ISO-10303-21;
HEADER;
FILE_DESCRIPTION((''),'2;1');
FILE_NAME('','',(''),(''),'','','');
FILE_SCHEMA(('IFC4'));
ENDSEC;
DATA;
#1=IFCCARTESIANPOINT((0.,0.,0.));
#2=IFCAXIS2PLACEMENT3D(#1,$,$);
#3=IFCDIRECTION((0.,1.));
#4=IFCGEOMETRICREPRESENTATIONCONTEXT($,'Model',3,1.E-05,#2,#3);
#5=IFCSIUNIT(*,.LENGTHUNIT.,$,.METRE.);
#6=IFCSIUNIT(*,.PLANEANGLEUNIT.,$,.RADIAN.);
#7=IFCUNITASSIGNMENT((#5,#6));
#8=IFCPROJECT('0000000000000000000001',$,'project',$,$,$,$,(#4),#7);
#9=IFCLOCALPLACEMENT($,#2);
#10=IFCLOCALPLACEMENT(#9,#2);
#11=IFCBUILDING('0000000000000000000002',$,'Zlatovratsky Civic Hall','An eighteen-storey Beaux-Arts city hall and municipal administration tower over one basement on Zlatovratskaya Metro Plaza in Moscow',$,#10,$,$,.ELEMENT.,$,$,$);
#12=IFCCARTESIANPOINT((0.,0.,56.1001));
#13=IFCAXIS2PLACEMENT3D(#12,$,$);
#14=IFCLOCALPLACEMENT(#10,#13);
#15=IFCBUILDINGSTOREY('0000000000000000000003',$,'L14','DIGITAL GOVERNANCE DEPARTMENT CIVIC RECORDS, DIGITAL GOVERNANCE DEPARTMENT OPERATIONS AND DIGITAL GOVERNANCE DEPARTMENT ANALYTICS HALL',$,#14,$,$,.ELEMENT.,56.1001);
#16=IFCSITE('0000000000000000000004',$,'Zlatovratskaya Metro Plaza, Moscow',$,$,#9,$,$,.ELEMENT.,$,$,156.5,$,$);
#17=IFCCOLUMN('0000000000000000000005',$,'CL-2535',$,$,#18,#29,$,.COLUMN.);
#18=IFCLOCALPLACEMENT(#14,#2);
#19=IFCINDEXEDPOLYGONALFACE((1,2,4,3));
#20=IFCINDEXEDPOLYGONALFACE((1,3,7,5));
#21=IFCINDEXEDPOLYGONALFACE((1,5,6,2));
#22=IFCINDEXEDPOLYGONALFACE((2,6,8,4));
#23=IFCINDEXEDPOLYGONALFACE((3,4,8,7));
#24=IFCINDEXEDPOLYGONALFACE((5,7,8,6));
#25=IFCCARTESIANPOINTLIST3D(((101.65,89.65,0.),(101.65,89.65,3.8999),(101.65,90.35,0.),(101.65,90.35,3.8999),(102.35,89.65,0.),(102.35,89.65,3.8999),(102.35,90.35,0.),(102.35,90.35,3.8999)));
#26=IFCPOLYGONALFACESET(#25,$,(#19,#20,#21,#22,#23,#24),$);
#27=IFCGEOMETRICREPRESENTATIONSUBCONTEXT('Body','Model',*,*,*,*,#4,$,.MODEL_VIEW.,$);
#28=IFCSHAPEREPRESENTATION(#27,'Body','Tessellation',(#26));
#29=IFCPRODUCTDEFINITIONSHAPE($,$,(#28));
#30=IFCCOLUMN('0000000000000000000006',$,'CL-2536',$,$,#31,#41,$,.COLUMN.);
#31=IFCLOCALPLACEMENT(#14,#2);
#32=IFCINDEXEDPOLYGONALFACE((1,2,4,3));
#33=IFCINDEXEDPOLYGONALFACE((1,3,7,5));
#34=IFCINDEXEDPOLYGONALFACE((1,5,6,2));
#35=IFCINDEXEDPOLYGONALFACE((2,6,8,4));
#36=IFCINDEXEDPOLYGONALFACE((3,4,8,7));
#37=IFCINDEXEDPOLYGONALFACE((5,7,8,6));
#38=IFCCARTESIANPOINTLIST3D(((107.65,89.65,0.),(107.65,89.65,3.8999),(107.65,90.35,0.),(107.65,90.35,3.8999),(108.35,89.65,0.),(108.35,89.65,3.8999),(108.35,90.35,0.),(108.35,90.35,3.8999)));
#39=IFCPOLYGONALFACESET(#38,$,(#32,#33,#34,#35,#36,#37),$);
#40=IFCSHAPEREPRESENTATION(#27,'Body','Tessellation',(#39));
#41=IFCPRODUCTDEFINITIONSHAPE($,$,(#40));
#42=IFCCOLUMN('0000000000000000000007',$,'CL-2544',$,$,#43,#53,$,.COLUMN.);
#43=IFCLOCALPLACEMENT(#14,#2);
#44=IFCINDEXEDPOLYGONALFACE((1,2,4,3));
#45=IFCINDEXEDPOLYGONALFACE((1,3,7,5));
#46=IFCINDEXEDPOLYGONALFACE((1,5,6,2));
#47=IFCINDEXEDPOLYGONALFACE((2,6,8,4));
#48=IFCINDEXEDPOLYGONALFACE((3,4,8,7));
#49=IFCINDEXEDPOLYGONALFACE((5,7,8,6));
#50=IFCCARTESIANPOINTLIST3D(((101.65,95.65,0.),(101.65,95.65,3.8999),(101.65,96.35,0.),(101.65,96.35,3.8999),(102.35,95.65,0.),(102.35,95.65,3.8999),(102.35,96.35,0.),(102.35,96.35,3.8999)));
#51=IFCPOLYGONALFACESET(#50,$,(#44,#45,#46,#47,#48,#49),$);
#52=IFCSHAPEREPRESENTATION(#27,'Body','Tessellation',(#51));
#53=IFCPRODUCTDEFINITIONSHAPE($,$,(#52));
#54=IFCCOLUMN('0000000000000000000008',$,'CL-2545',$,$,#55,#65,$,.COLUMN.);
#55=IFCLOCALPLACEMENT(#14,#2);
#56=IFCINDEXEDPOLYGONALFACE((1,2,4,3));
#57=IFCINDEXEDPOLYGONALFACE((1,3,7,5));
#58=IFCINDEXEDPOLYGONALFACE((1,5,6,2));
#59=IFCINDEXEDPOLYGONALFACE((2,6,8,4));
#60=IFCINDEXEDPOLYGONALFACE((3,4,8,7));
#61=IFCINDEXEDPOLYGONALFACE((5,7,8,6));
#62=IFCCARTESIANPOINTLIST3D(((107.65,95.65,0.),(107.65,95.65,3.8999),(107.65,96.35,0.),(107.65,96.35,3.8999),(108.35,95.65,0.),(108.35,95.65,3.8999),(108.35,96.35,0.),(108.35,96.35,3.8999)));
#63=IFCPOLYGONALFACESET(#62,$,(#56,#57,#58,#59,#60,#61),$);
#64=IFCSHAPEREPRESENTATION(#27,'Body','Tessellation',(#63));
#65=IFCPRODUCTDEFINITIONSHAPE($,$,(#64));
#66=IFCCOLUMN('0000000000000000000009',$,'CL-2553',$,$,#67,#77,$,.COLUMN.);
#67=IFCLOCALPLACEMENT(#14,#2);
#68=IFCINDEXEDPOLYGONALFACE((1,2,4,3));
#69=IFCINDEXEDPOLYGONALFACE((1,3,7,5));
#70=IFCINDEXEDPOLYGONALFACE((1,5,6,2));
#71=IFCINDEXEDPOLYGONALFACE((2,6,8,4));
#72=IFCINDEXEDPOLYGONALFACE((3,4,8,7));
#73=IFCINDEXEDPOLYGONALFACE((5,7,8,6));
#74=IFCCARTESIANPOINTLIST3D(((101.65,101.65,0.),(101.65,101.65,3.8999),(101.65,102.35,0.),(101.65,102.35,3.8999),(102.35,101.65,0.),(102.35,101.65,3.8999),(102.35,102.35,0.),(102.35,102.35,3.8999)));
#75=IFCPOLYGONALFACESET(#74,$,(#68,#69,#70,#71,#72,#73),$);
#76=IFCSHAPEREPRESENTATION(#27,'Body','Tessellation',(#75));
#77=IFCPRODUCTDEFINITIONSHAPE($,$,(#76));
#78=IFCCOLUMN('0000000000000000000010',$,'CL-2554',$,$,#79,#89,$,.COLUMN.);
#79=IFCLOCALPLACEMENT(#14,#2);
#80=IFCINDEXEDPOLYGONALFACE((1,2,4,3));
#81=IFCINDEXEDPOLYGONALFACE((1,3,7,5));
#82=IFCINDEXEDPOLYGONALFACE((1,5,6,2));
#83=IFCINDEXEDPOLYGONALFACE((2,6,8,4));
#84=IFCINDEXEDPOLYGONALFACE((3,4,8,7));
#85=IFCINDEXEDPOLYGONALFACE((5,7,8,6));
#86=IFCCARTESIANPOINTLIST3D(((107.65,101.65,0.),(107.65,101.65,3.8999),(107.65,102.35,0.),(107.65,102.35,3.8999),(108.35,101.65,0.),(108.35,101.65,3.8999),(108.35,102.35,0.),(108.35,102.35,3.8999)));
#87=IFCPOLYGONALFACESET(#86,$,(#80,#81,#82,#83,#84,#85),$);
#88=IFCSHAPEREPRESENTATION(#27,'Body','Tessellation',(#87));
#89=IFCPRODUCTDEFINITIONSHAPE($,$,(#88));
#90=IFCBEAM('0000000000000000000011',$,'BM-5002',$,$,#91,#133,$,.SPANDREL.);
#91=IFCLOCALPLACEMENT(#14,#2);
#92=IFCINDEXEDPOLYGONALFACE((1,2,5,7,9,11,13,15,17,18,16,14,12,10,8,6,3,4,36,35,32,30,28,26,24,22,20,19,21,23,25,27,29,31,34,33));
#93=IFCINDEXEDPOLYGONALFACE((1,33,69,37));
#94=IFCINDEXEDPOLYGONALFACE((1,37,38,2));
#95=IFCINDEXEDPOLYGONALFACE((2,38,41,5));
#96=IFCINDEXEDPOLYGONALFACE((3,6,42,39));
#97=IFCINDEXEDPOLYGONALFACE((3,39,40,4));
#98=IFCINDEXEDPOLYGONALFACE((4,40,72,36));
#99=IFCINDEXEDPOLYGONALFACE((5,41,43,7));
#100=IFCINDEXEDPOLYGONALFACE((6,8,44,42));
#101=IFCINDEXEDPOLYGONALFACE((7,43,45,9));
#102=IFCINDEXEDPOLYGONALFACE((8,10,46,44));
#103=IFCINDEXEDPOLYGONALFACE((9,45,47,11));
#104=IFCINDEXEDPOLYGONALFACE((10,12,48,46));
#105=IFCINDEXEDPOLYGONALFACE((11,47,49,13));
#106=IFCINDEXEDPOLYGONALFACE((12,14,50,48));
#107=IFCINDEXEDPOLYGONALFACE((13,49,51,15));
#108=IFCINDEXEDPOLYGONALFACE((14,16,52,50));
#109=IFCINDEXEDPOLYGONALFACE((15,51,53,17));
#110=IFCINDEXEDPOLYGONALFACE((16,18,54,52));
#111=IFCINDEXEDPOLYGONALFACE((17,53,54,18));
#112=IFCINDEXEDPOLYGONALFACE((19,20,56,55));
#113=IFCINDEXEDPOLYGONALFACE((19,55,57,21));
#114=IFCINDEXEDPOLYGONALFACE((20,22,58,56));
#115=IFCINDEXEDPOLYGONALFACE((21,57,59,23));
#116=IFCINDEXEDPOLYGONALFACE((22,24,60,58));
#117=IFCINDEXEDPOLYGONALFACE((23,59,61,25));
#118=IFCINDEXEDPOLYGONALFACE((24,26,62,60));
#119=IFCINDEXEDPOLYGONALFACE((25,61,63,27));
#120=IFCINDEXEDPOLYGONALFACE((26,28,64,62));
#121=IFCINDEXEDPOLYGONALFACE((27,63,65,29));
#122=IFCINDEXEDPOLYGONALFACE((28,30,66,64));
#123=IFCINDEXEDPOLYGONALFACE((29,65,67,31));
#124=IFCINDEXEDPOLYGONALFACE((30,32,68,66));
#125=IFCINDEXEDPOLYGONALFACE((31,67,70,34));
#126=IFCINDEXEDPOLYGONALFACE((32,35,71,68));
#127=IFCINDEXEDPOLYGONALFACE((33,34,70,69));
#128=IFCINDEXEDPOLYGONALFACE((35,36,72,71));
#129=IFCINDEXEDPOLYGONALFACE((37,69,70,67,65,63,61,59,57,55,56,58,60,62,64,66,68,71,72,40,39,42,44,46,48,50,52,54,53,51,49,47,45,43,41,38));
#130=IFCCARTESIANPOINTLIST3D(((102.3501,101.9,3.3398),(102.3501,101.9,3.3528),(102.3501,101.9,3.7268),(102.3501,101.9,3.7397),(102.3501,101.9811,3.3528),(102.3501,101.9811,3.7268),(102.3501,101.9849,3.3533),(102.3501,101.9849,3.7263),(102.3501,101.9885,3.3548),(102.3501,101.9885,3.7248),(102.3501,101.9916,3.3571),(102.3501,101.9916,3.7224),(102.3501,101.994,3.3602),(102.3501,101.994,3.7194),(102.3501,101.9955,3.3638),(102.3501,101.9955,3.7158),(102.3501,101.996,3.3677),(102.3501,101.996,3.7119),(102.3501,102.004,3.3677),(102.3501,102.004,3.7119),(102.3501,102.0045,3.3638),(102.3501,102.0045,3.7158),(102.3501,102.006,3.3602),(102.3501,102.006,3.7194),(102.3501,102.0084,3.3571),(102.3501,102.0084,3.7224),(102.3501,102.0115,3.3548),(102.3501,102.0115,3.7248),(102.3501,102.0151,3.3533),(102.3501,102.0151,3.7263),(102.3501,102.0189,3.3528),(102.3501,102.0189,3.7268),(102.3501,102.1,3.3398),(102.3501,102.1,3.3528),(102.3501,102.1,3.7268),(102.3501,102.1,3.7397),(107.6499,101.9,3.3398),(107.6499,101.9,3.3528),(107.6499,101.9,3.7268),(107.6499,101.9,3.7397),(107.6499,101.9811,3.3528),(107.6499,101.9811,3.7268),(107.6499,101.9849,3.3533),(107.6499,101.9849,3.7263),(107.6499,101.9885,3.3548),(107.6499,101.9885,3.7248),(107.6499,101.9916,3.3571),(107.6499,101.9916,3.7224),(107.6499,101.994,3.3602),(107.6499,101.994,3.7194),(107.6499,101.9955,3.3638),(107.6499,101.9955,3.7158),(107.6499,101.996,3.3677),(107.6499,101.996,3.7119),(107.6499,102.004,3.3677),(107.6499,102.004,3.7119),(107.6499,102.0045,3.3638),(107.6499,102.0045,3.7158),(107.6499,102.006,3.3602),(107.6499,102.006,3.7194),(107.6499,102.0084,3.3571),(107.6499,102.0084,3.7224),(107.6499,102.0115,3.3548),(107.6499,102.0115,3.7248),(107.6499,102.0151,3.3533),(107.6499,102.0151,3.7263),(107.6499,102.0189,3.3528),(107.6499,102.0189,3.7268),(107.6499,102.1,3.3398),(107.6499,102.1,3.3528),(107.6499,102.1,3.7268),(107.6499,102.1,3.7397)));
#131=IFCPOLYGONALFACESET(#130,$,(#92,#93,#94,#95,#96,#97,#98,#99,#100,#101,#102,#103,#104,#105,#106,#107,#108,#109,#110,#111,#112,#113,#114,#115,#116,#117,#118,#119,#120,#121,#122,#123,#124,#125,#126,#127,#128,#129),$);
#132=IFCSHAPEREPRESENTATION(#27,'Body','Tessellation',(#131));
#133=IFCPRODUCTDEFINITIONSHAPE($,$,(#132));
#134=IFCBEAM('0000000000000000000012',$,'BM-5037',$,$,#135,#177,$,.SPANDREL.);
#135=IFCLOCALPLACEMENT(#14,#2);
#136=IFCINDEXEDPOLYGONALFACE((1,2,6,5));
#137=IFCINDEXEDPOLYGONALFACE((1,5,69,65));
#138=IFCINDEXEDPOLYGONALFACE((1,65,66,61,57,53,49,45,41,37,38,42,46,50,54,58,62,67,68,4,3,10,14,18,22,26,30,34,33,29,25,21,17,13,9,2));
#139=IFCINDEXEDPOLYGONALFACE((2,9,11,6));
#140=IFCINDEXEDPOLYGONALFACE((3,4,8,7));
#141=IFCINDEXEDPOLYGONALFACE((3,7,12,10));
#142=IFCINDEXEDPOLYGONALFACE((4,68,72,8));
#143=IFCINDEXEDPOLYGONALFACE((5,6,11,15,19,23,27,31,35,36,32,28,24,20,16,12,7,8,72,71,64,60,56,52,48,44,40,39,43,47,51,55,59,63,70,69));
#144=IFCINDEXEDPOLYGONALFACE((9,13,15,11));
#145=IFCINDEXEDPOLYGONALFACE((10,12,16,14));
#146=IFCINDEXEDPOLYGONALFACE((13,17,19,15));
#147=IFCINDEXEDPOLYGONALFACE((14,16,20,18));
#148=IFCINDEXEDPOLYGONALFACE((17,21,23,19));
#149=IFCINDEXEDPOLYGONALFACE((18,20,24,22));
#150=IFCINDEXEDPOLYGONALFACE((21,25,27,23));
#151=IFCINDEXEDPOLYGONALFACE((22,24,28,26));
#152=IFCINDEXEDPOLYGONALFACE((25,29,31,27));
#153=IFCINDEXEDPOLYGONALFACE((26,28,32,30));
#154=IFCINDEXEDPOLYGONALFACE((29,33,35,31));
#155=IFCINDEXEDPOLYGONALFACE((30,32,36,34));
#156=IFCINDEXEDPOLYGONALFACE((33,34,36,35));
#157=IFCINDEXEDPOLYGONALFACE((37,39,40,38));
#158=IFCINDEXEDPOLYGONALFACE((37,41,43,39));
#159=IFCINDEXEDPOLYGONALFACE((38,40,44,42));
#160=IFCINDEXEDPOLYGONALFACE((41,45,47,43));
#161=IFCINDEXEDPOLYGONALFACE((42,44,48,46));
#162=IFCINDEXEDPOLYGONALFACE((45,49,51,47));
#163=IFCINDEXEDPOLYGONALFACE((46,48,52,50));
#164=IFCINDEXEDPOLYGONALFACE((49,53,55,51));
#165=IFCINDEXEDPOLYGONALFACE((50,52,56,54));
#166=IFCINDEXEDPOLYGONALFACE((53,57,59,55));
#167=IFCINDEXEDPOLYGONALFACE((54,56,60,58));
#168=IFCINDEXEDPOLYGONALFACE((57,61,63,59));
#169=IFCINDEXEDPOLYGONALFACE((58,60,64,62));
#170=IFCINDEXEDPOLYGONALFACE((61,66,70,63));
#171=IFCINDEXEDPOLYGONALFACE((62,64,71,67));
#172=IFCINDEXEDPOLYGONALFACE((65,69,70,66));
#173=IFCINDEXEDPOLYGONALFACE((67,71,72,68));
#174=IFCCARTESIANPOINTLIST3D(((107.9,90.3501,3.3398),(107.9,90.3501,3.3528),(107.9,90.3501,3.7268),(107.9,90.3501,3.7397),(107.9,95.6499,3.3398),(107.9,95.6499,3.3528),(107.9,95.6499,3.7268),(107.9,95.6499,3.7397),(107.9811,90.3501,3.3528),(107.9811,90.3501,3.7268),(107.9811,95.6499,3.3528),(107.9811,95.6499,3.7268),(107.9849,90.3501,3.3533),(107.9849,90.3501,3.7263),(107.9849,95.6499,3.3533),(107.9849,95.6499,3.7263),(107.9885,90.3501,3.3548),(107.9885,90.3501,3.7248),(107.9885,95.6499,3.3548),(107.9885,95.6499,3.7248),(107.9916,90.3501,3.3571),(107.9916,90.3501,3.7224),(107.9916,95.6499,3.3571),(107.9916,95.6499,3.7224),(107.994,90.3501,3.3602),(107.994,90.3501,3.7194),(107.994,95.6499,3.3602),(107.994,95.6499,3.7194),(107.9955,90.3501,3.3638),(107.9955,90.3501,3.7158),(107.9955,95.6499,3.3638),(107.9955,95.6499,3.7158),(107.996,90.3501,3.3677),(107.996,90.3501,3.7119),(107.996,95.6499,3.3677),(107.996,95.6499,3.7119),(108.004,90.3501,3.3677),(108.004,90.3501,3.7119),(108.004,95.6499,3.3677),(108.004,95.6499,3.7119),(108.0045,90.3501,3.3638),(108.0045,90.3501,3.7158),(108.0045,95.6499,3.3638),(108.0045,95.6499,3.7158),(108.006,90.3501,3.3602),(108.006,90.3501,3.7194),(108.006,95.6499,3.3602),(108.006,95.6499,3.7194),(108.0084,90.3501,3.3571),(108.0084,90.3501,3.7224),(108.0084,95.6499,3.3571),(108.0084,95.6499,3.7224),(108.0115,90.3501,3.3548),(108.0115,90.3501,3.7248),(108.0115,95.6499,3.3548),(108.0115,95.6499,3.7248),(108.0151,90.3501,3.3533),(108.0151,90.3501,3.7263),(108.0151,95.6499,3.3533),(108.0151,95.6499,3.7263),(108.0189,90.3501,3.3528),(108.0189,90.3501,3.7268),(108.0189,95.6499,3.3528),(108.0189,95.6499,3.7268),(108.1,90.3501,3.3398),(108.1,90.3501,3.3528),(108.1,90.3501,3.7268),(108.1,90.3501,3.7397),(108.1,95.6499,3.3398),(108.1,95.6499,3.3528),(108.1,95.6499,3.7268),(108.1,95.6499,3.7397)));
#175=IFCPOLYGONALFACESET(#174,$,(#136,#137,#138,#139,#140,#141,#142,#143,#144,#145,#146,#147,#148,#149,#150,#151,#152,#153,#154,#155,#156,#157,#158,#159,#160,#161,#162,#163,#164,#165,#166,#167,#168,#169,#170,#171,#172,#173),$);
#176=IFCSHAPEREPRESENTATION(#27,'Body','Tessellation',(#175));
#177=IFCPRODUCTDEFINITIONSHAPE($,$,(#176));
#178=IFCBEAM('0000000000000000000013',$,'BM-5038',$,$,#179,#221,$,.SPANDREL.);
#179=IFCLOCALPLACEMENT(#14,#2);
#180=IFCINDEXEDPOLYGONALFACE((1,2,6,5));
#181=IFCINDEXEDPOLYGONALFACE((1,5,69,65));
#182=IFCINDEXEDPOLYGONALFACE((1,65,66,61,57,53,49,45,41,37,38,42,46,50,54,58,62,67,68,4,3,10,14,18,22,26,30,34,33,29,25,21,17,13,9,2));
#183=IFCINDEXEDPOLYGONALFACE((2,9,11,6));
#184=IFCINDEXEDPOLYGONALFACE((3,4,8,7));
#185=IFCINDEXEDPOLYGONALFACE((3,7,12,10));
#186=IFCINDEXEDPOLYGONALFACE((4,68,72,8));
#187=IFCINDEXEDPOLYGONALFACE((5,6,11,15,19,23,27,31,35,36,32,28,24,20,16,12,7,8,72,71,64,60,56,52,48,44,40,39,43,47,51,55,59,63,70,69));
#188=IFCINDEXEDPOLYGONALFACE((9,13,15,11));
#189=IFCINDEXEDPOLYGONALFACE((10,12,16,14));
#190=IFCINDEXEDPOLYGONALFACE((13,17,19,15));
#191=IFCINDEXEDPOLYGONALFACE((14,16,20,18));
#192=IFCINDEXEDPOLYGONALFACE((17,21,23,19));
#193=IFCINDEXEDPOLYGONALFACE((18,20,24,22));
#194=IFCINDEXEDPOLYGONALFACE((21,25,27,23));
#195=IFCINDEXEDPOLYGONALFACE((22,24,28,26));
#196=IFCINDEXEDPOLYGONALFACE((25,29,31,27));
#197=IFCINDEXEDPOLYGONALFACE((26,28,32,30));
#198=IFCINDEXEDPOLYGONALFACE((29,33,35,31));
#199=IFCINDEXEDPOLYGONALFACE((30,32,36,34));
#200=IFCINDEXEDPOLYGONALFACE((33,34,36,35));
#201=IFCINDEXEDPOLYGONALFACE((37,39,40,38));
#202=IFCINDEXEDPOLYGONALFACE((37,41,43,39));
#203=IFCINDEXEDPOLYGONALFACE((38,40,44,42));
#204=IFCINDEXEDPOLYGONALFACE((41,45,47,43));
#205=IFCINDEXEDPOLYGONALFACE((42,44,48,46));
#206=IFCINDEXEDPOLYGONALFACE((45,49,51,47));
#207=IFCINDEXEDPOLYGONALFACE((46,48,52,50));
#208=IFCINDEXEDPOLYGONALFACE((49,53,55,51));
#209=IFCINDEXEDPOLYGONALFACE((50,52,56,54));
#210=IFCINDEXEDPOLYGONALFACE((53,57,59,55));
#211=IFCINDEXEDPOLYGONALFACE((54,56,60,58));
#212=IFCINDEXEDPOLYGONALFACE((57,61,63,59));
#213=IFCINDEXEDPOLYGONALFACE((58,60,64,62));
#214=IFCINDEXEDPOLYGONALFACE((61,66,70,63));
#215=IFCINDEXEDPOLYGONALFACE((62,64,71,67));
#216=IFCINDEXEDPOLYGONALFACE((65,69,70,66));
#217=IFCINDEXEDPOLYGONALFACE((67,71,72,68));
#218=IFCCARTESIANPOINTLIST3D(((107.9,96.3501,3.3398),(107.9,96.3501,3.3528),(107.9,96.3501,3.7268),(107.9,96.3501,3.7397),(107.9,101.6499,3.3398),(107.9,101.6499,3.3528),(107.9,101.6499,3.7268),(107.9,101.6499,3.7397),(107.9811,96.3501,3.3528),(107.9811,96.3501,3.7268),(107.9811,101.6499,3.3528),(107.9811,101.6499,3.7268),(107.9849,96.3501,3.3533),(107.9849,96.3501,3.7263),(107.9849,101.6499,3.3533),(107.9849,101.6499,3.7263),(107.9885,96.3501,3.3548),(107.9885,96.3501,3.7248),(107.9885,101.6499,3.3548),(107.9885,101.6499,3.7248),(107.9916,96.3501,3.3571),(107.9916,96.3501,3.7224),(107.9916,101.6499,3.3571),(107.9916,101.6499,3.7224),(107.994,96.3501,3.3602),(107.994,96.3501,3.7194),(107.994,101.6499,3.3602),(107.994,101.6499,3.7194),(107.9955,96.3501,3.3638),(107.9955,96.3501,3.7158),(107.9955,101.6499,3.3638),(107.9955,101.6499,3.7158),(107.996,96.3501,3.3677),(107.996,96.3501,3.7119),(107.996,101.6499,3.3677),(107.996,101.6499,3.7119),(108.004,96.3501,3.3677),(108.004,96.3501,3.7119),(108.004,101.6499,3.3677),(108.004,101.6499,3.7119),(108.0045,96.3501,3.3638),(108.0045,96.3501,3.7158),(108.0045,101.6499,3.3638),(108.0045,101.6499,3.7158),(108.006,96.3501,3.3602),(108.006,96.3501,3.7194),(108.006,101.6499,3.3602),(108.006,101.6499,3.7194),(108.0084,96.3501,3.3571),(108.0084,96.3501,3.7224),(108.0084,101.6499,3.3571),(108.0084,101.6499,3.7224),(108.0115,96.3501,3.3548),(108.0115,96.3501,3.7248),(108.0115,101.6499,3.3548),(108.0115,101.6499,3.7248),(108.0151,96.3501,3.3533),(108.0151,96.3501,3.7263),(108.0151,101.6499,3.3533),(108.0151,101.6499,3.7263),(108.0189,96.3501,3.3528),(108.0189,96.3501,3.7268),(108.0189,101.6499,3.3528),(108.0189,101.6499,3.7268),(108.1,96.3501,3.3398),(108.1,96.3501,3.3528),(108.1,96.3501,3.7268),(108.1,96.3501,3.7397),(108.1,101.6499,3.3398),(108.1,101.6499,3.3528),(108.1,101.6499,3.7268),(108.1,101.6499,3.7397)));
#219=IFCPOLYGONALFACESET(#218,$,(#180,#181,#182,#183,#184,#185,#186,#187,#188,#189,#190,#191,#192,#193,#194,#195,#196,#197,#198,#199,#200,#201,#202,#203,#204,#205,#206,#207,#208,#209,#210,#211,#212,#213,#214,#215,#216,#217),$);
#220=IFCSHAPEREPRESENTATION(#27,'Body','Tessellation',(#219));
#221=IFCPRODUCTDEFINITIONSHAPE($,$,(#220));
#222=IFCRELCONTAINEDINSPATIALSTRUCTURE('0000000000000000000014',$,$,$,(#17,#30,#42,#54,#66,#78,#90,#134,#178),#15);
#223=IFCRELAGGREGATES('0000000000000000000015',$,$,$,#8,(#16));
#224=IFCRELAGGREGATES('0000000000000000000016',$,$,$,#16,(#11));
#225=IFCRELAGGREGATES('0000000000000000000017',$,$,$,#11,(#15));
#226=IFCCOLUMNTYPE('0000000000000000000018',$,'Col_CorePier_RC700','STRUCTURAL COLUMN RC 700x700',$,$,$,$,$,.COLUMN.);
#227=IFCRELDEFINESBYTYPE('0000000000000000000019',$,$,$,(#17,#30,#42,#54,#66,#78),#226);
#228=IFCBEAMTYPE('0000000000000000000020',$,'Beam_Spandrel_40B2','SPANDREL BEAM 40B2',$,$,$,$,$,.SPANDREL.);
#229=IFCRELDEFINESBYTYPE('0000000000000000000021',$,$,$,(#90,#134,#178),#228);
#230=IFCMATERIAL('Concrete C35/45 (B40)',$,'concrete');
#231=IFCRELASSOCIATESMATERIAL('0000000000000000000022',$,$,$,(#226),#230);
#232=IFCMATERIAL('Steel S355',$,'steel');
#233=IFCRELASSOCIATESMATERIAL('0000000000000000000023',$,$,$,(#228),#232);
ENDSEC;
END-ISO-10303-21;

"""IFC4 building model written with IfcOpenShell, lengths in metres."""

from ifc_helpers import new_model, si_unit, direction, frame, origin, origin_2d, place, context, subcontext, project, spatial, rectangle, i_section, extrude, material, material_profile, profile_set, type_object, element, save


model = new_model("IFC4")

# Units and contexts
model_context = context("Model", 3, precision=1e-05, world=origin(), true_north=direction((0.0, 1.0)))
body_context = subcontext(model_context, "Body", "Model", "MODEL_VIEW")
ifc_project = project(units=[si_unit("LENGTHUNIT", "METRE"), si_unit("PLANEANGLEUNIT", "RADIAN")], contexts=[model_context])

# Site, building, storey
site_placement = place(None, origin())
site = spatial("IfcSite", under=ifc_project, at=site_placement, Name="Zlatovratskaya Metro Plaza, Moscow", CompositionType="ELEMENT", RefElevation=156.5)
building_placement = place(site_placement, origin())
building = spatial("IfcBuilding", under=site, at=building_placement, Name="Zlatovratsky Civic Hall", Description="An eighteen-storey Beaux-Arts city hall and municipal administration tower over one basement on Zlatovratskaya Metro Plaza in Moscow", CompositionType="ELEMENT")
storey_placement = place(building_placement, frame((0.0, 0.0, 56.1001)))
storey = spatial("IfcBuildingStorey", under=building, at=storey_placement, Name="L14", Description="DIGITAL GOVERNANCE DEPARTMENT CIVIC RECORDS, DIGITAL GOVERNANCE DEPARTMENT OPERATIONS AND DIGITAL GOVERNANCE DEPARTMENT ANALYTICS HALL", CompositionType="ELEMENT", Elevation=56.1001)

# Columns
ifc_material_1 = material(Name="Concrete C35/45 (B40)", Category="concrete")
ifc_material_profile_1 = material_profile(ifc_material_1, rectangle(XDim=0.7, YDim=0.7, at=origin_2d()), Name="RC 700x700")
ifc_profile_set_1 = profile_set([ifc_material_profile_1], Name="Concrete C35/45 (B40)")
column_type = type_object("IfcColumnType", Name="Col_CorePier_RC700", Description="STRUCTURAL COLUMN RC 700x700", PredefinedType="COLUMN", material=ifc_profile_set_1)
for number, where, z_axis, x_axis, name in (
    (1, (102.0, 90.0, 0.0), (0.0, 0.0, 1.0), (1.0, 0.0, 0.0), "CL-2535"),
    (2, (108.0, 90.0, 0.0), (0.0, 0.0, 1.0), (1.0, 0.0, 0.0), "CL-2536"),
    (3, (102.0, 96.0, 0.0), (0.0, 0.0, 1.0), (1.0, 0.0, 0.0), "CL-2544"),
    (4, (108.0, 96.0, 0.0), (0.0, 0.0, 1.0), (1.0, 0.0, 0.0), "CL-2545"),
    (5, (102.0, 102.0, 0.0), (0.0, 0.0, 1.0), (1.0, 0.0, 0.0), "CL-2553"),
    (6, (108.0, 102.0, 0.0), (0.0, 0.0, 1.0), (1.0, 0.0, 0.0), "CL-2554"),
):
    element("IfcColumn", number, at=place(storey_placement, frame(where, z_axis=z_axis, x_axis=x_axis)), inside=storey, type_object=column_type, Name=name, PredefinedType="COLUMN", context=body_context, shape_type="SweptSolid", body=[
        extrude(rectangle(XDim=0.7, YDim=0.7, at=origin_2d()), origin(), (0.0, 0.0, 1.0), 3.8999),
    ])

# Beams
ifc_material_2 = material(Name="Steel S355", Category="steel")
ifc_material_profile_2 = material_profile(ifc_material_2, i_section(OverallWidth=0.2, OverallDepth=0.3999, WebThickness=0.0081, FlangeThickness=0.0129, FilletRadius=0.0149, at=origin_2d()), Name="40B2")
ifc_profile_set_2 = profile_set([ifc_material_profile_2], Name="Steel S355")
beam_type_1 = type_object("IfcBeamType", Name="Beam_Spandrel_40B2", Description="SPANDREL BEAM 40B2", PredefinedType="SPANDREL", material=ifc_profile_set_2)
for number, where, z_axis, x_axis, name in (
    (7, (102.3501, 102.0, 3.5398), (1.0, 0.0, 0.0), (0.0, 1.0, 0.0), "BM-5002"),
    (8, (108.0, 90.3501, 3.5398), (0.0, 1.0, 0.0), (-1.0, 0.0, 0.0), "BM-5037"),
    (9, (108.0, 96.3501, 3.5398), (0.0, 1.0, 0.0), (-1.0, 0.0, 0.0), "BM-5038"),
):
    element("IfcBeam", number, at=place(storey_placement, frame(where, z_axis=z_axis, x_axis=x_axis)), inside=storey, type_object=beam_type_1, Name=name, PredefinedType="SPANDREL", context=body_context, shape_type="SweptSolid", body=[
        extrude(i_section(OverallWidth=0.2, OverallDepth=0.3999, WebThickness=0.0081, FlangeThickness=0.0129, FilletRadius=0.0149, at=origin_2d()), origin(), (0.0, 0.0, 1.0), 5.2998),
    ])

save(model, "model.ifc")
